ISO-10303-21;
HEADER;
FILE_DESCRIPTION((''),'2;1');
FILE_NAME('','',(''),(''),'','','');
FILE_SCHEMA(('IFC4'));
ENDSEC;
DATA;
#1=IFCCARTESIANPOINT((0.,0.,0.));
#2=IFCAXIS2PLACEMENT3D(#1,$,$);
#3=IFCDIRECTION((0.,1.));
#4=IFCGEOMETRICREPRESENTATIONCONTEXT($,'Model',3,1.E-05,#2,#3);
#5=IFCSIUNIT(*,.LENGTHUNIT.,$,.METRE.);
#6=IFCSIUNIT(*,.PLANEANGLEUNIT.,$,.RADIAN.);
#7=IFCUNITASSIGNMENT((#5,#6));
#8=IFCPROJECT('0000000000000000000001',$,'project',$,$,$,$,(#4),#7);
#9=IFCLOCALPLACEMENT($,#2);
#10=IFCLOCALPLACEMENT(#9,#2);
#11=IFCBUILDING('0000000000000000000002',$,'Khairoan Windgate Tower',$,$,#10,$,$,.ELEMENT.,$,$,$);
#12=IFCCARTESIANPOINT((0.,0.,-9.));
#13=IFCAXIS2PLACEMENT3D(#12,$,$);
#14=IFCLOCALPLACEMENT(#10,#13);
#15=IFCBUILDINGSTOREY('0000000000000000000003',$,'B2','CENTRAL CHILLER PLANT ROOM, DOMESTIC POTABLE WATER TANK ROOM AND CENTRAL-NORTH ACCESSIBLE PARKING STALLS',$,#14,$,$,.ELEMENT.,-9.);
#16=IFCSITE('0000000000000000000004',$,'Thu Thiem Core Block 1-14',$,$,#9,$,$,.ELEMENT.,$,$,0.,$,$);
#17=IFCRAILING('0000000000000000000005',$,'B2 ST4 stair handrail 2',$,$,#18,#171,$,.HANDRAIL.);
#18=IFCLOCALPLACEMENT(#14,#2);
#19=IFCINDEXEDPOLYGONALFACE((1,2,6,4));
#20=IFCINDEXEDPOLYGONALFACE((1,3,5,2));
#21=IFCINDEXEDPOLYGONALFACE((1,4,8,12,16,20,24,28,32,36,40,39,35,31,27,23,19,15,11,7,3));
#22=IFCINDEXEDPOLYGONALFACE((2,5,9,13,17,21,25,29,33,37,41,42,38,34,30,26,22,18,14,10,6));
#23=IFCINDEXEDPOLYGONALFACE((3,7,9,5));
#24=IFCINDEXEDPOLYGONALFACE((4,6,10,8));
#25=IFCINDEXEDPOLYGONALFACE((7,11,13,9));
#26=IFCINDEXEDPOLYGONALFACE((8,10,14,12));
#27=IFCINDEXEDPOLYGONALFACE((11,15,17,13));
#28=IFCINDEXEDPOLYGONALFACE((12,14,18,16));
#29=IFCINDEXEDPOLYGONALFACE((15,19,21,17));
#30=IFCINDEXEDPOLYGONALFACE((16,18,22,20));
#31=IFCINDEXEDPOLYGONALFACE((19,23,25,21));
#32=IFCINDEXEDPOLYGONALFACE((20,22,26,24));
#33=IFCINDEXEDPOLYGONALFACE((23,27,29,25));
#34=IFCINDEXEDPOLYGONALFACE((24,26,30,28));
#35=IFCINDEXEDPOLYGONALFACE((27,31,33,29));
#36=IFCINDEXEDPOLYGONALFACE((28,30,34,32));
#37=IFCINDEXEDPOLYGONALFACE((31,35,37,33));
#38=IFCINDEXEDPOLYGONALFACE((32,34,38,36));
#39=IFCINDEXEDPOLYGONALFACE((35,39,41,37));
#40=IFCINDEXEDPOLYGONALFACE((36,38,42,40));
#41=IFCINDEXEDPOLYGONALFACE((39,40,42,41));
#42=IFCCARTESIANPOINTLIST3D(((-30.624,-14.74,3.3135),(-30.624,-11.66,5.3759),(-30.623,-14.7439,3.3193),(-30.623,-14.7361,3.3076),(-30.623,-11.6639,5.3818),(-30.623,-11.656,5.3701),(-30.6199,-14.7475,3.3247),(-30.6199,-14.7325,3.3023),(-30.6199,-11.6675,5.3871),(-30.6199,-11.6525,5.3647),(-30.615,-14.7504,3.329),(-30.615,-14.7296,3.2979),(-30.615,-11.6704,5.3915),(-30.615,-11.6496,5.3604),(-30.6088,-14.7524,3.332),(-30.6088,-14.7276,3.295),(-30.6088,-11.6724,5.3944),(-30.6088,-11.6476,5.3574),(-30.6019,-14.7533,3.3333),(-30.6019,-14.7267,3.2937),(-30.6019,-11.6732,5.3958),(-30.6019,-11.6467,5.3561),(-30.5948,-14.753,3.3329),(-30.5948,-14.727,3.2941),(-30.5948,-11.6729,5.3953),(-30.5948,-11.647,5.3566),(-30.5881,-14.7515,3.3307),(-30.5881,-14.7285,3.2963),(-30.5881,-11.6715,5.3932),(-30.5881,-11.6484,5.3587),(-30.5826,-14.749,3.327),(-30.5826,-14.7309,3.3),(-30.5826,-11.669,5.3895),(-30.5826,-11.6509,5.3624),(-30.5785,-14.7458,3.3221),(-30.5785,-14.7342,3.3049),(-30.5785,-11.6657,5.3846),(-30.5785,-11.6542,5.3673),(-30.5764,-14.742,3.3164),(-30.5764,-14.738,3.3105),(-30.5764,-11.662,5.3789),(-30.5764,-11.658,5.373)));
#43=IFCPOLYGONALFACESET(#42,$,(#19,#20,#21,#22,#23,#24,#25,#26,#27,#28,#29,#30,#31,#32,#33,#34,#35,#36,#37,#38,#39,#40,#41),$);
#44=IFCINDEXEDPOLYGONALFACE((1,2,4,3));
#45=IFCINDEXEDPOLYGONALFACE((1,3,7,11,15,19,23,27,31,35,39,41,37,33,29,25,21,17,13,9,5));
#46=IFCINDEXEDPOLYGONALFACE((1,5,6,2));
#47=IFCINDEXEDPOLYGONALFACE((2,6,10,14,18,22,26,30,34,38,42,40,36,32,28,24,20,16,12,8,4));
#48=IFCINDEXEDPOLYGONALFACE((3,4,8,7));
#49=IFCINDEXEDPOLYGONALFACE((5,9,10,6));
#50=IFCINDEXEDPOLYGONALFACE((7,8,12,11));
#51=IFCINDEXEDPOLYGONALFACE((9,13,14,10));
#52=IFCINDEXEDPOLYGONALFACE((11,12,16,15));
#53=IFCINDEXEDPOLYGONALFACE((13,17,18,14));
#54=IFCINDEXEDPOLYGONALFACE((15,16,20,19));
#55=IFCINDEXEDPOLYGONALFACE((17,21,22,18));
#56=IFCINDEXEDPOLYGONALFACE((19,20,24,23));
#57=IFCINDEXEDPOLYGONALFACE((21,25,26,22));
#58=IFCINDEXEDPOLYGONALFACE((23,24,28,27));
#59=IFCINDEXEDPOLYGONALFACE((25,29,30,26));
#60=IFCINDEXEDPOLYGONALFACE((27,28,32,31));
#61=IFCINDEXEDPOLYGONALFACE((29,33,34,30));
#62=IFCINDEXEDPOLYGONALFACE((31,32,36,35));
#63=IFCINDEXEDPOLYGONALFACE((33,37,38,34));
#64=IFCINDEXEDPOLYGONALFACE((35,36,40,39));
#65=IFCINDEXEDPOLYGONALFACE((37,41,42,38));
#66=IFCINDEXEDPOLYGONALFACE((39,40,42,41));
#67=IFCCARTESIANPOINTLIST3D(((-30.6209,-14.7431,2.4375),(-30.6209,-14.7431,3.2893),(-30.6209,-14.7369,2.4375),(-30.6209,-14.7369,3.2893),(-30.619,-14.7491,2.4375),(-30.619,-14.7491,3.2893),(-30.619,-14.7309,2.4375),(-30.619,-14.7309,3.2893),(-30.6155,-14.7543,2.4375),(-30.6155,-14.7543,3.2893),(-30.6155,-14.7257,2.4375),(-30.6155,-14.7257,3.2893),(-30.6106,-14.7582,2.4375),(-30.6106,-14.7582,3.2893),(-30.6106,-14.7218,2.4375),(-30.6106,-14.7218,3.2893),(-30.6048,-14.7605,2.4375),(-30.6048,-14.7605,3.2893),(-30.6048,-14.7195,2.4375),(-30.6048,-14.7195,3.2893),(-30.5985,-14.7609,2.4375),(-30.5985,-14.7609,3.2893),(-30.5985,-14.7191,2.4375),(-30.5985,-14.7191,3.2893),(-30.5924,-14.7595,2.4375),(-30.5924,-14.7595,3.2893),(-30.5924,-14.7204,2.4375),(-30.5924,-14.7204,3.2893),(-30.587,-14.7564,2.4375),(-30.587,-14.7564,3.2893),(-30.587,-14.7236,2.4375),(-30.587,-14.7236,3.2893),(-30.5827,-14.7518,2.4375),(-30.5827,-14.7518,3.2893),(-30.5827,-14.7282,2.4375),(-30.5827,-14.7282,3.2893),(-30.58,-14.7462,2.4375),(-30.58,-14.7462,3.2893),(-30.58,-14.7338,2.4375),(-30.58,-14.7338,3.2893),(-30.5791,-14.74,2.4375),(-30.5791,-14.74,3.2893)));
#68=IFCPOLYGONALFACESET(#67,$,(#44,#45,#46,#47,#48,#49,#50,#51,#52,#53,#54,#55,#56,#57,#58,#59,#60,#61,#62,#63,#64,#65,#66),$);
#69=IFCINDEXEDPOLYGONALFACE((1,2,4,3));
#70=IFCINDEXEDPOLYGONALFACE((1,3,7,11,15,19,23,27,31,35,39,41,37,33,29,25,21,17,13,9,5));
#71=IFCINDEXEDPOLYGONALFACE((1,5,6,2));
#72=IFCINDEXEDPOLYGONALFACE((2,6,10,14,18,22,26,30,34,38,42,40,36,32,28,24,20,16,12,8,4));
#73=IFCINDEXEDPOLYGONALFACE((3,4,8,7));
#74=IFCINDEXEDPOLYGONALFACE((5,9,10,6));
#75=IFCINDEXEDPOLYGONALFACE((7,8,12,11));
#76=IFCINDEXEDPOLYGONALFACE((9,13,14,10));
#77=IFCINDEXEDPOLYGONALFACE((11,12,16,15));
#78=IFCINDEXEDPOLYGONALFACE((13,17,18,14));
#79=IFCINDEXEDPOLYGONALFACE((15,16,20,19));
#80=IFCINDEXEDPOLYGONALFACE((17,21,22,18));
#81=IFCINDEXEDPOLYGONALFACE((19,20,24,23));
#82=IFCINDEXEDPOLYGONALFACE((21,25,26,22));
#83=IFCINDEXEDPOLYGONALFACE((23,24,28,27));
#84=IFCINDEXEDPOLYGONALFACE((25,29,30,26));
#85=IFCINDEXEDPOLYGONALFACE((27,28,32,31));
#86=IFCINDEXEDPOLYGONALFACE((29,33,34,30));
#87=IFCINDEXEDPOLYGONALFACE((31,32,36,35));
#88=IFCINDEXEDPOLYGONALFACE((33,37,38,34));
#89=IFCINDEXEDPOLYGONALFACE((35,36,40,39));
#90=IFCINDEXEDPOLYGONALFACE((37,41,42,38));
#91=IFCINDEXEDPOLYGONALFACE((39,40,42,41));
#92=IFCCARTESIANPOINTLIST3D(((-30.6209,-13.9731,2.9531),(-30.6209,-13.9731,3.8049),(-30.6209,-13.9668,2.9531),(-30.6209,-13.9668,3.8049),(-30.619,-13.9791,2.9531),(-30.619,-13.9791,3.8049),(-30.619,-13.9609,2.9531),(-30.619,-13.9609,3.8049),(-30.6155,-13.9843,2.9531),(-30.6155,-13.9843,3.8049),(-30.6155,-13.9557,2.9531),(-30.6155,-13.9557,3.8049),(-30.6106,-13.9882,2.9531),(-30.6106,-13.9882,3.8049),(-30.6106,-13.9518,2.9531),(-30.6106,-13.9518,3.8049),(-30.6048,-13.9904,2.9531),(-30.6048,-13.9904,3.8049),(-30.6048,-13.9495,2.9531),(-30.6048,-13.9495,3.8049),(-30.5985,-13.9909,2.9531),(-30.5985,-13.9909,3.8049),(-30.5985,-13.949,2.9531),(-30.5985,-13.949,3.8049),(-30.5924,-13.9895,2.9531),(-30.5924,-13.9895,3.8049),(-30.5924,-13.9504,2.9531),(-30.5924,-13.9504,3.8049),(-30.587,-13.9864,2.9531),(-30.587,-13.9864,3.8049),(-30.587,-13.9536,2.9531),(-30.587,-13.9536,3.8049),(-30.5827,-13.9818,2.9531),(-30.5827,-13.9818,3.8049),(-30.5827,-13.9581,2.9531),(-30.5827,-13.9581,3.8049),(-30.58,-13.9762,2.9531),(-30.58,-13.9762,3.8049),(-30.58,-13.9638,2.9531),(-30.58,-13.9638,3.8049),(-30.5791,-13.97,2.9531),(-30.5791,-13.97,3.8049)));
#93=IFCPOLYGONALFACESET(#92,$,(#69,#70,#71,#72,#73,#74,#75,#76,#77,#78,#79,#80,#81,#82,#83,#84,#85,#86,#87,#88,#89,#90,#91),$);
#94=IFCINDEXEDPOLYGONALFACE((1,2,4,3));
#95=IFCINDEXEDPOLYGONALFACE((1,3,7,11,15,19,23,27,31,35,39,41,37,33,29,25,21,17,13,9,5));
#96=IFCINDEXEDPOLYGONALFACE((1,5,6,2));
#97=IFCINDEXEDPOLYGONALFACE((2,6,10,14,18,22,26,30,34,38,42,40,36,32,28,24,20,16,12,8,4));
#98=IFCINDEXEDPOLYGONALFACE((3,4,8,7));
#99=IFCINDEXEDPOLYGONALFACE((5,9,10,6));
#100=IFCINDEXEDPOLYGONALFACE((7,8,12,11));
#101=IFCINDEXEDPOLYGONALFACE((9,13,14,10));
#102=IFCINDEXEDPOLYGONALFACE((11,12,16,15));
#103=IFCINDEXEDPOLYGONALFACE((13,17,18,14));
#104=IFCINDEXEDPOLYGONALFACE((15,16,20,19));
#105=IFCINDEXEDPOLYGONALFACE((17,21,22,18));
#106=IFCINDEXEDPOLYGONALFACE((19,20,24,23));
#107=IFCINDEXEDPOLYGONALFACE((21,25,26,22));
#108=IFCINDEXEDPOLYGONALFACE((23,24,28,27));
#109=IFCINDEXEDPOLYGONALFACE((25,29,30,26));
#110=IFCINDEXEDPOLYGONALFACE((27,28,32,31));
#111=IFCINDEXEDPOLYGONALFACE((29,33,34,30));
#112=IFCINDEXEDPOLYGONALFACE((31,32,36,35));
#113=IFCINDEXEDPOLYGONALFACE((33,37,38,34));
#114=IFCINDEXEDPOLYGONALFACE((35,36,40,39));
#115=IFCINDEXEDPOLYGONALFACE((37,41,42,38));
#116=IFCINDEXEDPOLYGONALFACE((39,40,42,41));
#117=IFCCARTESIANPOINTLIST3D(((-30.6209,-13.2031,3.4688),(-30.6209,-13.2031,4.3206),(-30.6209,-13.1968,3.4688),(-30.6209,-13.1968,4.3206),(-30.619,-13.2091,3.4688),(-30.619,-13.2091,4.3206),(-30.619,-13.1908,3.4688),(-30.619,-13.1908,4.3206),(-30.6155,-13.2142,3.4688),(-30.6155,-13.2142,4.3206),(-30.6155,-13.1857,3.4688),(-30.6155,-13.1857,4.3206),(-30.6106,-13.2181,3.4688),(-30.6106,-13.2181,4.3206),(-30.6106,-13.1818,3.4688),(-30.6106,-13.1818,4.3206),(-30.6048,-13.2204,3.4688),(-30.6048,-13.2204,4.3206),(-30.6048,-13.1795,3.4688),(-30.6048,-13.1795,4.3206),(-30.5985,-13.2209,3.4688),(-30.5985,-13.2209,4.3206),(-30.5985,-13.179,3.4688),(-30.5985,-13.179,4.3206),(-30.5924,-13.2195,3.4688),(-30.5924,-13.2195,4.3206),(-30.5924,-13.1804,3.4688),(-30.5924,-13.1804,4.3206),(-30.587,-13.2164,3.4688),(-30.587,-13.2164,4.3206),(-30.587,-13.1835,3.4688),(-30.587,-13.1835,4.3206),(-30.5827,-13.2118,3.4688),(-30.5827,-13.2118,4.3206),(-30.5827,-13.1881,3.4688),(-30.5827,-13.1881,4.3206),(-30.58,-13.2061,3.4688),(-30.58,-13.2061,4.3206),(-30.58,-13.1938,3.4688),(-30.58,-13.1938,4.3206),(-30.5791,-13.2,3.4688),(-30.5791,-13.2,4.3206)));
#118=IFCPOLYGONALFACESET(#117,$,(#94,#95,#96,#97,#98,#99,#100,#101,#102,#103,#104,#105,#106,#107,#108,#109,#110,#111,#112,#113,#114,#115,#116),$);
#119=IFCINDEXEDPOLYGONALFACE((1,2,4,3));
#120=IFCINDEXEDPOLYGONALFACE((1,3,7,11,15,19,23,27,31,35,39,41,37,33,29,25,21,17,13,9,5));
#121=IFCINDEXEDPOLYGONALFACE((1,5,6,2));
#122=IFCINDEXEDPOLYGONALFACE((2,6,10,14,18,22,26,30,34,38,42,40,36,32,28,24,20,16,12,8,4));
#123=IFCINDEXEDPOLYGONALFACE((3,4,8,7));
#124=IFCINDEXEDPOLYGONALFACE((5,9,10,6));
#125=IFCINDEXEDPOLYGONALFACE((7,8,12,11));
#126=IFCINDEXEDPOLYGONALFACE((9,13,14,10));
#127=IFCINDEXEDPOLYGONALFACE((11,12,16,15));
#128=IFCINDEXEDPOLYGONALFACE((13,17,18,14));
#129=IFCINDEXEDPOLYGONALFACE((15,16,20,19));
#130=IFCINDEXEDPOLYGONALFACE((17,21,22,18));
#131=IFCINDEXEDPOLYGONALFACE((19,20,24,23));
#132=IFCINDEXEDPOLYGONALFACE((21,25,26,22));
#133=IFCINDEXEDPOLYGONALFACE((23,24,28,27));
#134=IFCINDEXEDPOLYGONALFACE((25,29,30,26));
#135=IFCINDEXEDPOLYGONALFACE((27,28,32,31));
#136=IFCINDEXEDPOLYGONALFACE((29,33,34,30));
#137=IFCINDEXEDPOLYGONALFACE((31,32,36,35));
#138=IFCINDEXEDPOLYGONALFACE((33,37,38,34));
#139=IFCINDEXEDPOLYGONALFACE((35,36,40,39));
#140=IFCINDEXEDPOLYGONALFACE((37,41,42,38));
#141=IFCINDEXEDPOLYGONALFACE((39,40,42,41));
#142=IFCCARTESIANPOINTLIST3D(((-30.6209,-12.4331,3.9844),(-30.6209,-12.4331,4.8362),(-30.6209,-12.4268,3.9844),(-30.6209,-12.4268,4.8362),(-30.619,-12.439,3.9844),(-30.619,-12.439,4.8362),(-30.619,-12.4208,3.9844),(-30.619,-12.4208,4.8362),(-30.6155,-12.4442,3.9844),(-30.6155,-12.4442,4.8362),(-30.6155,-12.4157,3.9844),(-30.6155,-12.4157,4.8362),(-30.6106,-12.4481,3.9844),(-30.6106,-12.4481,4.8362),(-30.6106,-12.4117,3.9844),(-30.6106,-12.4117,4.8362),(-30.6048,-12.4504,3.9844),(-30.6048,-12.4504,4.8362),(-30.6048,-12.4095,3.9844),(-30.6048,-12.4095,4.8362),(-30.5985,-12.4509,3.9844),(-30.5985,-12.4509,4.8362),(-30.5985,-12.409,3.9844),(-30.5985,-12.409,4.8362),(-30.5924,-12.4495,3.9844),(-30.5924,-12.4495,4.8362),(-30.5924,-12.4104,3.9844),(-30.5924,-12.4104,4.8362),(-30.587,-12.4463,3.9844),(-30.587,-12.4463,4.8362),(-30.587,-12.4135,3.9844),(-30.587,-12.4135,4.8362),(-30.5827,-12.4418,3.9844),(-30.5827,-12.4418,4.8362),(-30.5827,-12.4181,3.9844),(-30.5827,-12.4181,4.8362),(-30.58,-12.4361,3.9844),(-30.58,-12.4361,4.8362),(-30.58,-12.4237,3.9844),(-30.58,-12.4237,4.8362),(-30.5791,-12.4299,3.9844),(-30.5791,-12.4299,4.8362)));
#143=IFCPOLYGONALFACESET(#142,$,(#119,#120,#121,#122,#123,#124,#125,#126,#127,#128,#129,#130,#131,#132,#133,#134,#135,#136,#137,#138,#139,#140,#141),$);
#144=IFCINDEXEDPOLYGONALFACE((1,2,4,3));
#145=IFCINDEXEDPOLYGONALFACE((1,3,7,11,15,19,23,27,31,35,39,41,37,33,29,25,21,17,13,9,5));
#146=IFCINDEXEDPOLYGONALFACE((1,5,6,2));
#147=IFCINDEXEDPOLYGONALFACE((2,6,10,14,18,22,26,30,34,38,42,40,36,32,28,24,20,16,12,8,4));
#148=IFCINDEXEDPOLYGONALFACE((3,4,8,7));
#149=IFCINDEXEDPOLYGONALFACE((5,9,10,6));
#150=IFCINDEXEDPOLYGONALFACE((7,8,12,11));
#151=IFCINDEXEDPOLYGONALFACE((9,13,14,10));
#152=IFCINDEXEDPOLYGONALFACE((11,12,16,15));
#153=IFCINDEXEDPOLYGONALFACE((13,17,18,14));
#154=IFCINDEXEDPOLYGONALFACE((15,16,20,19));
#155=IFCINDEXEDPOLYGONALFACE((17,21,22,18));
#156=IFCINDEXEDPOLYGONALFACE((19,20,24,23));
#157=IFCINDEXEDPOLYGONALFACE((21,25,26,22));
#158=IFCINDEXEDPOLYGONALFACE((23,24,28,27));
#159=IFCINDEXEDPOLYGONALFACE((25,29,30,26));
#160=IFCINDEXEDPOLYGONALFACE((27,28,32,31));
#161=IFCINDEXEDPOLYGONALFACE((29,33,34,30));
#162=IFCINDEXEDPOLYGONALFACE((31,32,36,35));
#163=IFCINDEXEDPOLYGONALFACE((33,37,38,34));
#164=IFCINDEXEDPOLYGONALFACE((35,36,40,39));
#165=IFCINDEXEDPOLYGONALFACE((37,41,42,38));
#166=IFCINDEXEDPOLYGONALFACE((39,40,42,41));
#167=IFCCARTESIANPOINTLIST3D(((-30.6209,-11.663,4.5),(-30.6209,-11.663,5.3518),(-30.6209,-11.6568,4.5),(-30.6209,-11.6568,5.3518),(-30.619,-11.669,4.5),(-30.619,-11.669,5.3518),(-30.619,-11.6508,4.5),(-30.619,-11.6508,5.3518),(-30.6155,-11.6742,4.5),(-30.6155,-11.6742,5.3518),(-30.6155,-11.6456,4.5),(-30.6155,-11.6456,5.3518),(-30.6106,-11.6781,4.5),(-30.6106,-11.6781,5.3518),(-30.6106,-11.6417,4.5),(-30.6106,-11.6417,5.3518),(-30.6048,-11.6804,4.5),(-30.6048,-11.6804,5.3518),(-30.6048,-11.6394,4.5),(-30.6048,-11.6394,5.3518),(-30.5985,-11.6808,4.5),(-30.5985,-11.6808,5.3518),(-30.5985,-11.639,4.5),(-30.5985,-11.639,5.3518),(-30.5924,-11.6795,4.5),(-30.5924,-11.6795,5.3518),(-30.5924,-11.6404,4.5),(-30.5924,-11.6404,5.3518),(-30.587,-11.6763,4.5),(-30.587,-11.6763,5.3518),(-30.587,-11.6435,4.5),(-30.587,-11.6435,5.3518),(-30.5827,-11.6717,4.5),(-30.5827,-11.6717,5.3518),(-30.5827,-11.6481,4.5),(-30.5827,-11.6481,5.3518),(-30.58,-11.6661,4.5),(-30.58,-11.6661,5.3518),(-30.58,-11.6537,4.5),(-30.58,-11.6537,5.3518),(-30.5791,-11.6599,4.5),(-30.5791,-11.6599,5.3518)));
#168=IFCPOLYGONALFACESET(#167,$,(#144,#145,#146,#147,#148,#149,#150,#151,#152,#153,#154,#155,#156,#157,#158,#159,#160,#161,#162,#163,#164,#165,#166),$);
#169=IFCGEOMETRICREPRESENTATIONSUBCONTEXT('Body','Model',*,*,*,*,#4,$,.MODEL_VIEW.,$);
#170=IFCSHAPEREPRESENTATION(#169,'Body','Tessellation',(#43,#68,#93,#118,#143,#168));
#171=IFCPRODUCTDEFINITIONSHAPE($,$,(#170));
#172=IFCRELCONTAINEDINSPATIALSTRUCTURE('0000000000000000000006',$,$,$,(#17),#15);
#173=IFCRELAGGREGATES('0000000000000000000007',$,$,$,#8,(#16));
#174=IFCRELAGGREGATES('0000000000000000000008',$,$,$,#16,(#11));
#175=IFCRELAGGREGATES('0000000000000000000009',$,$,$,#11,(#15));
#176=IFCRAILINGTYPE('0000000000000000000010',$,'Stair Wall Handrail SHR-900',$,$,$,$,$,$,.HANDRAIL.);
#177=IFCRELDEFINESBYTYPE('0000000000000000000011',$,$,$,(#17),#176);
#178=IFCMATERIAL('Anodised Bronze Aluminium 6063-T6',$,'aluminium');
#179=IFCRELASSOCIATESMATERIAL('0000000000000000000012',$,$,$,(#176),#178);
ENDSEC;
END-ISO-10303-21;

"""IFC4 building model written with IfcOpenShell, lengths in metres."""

from ifc_helpers import new_model, si_unit, direction, frame, origin, origin_2d, place, context, subcontext, project, spatial, circle, extrude, material, type_object, element, save


model = new_model("IFC4")

# Units and contexts
model_context = context("Model", 3, precision=1e-05, world=origin(), true_north=direction((0.0, 1.0)))
body_context = subcontext(model_context, "Body", "Model", "MODEL_VIEW")
ifc_project = project(units=[si_unit("LENGTHUNIT", "METRE"), si_unit("PLANEANGLEUNIT", "RADIAN")], contexts=[model_context])

# Site, building, storey
site_placement = place(None, origin())
site = spatial("IfcSite", under=ifc_project, at=site_placement, Name="Thu Thiem Core Block 1-14", CompositionType="ELEMENT", RefElevation=0.0)
building_placement = place(site_placement, origin())
building = spatial("IfcBuilding", under=site, at=building_placement, Name="Khairoan Windgate Tower", CompositionType="ELEMENT")
storey_placement = place(building_placement, frame((0.0, 0.0, -9.0)))
storey = spatial("IfcBuildingStorey", under=building, at=storey_placement, Name="B2", Description="CENTRAL CHILLER PLANT ROOM, DOMESTIC POTABLE WATER TANK ROOM AND CENTRAL-NORTH ACCESSIBLE PARKING STALLS", CompositionType="ELEMENT", Elevation=-9.0)

# Railing
ifc_material_1 = material(Name="Anodised Bronze Aluminium 6063-T6", Category="aluminium")
railing_type_1 = type_object("IfcRailingType", Name="Stair Wall Handrail SHR-900", PredefinedType="HANDRAIL", material=ifc_material_1)
railing_1_placement = place(storey_placement, frame((-30.6001, -14.74, 2.4375)))
element("IfcRailing", 1, at=railing_1_placement, inside=storey, type_object=railing_type_1, Name="B2 ST4 stair handrail 2", PredefinedType="HANDRAIL", context=body_context, shape_type="SweptSolid", body=[
    extrude(circle(Radius=0.0239, at=origin_2d()), frame((0.0, 0.0, 0.876), z_axis=(0.0, 0.830914, 0.556401), x_axis=(-1.0, 0.0, 0.0)), (0.0, 0.0, 1.0), 3.7068),
    extrude(circle(Radius=0.021, at=origin_2d()), origin(), (0.0, 0.0, 1.0), 0.8518),
    extrude(circle(Radius=0.021, at=origin_2d()), frame((0.0, 0.77, 0.5156)), (0.0, 0.0, 1.0), 0.8518),
    extrude(circle(Radius=0.021, at=origin_2d()), frame((0.0, 1.54, 1.0312)), (0.0, 0.0, 1.0), 0.8518),
    extrude(circle(Radius=0.021, at=origin_2d()), frame((0.0, 2.3101, 1.5469)), (0.0, 0.0, 1.0), 0.8518),
    extrude(circle(Radius=0.021, at=origin_2d()), frame((0.0, 3.0801, 2.0625)), (0.0, 0.0, 1.0), 0.8518),
])

save(model, "model.ifc")
